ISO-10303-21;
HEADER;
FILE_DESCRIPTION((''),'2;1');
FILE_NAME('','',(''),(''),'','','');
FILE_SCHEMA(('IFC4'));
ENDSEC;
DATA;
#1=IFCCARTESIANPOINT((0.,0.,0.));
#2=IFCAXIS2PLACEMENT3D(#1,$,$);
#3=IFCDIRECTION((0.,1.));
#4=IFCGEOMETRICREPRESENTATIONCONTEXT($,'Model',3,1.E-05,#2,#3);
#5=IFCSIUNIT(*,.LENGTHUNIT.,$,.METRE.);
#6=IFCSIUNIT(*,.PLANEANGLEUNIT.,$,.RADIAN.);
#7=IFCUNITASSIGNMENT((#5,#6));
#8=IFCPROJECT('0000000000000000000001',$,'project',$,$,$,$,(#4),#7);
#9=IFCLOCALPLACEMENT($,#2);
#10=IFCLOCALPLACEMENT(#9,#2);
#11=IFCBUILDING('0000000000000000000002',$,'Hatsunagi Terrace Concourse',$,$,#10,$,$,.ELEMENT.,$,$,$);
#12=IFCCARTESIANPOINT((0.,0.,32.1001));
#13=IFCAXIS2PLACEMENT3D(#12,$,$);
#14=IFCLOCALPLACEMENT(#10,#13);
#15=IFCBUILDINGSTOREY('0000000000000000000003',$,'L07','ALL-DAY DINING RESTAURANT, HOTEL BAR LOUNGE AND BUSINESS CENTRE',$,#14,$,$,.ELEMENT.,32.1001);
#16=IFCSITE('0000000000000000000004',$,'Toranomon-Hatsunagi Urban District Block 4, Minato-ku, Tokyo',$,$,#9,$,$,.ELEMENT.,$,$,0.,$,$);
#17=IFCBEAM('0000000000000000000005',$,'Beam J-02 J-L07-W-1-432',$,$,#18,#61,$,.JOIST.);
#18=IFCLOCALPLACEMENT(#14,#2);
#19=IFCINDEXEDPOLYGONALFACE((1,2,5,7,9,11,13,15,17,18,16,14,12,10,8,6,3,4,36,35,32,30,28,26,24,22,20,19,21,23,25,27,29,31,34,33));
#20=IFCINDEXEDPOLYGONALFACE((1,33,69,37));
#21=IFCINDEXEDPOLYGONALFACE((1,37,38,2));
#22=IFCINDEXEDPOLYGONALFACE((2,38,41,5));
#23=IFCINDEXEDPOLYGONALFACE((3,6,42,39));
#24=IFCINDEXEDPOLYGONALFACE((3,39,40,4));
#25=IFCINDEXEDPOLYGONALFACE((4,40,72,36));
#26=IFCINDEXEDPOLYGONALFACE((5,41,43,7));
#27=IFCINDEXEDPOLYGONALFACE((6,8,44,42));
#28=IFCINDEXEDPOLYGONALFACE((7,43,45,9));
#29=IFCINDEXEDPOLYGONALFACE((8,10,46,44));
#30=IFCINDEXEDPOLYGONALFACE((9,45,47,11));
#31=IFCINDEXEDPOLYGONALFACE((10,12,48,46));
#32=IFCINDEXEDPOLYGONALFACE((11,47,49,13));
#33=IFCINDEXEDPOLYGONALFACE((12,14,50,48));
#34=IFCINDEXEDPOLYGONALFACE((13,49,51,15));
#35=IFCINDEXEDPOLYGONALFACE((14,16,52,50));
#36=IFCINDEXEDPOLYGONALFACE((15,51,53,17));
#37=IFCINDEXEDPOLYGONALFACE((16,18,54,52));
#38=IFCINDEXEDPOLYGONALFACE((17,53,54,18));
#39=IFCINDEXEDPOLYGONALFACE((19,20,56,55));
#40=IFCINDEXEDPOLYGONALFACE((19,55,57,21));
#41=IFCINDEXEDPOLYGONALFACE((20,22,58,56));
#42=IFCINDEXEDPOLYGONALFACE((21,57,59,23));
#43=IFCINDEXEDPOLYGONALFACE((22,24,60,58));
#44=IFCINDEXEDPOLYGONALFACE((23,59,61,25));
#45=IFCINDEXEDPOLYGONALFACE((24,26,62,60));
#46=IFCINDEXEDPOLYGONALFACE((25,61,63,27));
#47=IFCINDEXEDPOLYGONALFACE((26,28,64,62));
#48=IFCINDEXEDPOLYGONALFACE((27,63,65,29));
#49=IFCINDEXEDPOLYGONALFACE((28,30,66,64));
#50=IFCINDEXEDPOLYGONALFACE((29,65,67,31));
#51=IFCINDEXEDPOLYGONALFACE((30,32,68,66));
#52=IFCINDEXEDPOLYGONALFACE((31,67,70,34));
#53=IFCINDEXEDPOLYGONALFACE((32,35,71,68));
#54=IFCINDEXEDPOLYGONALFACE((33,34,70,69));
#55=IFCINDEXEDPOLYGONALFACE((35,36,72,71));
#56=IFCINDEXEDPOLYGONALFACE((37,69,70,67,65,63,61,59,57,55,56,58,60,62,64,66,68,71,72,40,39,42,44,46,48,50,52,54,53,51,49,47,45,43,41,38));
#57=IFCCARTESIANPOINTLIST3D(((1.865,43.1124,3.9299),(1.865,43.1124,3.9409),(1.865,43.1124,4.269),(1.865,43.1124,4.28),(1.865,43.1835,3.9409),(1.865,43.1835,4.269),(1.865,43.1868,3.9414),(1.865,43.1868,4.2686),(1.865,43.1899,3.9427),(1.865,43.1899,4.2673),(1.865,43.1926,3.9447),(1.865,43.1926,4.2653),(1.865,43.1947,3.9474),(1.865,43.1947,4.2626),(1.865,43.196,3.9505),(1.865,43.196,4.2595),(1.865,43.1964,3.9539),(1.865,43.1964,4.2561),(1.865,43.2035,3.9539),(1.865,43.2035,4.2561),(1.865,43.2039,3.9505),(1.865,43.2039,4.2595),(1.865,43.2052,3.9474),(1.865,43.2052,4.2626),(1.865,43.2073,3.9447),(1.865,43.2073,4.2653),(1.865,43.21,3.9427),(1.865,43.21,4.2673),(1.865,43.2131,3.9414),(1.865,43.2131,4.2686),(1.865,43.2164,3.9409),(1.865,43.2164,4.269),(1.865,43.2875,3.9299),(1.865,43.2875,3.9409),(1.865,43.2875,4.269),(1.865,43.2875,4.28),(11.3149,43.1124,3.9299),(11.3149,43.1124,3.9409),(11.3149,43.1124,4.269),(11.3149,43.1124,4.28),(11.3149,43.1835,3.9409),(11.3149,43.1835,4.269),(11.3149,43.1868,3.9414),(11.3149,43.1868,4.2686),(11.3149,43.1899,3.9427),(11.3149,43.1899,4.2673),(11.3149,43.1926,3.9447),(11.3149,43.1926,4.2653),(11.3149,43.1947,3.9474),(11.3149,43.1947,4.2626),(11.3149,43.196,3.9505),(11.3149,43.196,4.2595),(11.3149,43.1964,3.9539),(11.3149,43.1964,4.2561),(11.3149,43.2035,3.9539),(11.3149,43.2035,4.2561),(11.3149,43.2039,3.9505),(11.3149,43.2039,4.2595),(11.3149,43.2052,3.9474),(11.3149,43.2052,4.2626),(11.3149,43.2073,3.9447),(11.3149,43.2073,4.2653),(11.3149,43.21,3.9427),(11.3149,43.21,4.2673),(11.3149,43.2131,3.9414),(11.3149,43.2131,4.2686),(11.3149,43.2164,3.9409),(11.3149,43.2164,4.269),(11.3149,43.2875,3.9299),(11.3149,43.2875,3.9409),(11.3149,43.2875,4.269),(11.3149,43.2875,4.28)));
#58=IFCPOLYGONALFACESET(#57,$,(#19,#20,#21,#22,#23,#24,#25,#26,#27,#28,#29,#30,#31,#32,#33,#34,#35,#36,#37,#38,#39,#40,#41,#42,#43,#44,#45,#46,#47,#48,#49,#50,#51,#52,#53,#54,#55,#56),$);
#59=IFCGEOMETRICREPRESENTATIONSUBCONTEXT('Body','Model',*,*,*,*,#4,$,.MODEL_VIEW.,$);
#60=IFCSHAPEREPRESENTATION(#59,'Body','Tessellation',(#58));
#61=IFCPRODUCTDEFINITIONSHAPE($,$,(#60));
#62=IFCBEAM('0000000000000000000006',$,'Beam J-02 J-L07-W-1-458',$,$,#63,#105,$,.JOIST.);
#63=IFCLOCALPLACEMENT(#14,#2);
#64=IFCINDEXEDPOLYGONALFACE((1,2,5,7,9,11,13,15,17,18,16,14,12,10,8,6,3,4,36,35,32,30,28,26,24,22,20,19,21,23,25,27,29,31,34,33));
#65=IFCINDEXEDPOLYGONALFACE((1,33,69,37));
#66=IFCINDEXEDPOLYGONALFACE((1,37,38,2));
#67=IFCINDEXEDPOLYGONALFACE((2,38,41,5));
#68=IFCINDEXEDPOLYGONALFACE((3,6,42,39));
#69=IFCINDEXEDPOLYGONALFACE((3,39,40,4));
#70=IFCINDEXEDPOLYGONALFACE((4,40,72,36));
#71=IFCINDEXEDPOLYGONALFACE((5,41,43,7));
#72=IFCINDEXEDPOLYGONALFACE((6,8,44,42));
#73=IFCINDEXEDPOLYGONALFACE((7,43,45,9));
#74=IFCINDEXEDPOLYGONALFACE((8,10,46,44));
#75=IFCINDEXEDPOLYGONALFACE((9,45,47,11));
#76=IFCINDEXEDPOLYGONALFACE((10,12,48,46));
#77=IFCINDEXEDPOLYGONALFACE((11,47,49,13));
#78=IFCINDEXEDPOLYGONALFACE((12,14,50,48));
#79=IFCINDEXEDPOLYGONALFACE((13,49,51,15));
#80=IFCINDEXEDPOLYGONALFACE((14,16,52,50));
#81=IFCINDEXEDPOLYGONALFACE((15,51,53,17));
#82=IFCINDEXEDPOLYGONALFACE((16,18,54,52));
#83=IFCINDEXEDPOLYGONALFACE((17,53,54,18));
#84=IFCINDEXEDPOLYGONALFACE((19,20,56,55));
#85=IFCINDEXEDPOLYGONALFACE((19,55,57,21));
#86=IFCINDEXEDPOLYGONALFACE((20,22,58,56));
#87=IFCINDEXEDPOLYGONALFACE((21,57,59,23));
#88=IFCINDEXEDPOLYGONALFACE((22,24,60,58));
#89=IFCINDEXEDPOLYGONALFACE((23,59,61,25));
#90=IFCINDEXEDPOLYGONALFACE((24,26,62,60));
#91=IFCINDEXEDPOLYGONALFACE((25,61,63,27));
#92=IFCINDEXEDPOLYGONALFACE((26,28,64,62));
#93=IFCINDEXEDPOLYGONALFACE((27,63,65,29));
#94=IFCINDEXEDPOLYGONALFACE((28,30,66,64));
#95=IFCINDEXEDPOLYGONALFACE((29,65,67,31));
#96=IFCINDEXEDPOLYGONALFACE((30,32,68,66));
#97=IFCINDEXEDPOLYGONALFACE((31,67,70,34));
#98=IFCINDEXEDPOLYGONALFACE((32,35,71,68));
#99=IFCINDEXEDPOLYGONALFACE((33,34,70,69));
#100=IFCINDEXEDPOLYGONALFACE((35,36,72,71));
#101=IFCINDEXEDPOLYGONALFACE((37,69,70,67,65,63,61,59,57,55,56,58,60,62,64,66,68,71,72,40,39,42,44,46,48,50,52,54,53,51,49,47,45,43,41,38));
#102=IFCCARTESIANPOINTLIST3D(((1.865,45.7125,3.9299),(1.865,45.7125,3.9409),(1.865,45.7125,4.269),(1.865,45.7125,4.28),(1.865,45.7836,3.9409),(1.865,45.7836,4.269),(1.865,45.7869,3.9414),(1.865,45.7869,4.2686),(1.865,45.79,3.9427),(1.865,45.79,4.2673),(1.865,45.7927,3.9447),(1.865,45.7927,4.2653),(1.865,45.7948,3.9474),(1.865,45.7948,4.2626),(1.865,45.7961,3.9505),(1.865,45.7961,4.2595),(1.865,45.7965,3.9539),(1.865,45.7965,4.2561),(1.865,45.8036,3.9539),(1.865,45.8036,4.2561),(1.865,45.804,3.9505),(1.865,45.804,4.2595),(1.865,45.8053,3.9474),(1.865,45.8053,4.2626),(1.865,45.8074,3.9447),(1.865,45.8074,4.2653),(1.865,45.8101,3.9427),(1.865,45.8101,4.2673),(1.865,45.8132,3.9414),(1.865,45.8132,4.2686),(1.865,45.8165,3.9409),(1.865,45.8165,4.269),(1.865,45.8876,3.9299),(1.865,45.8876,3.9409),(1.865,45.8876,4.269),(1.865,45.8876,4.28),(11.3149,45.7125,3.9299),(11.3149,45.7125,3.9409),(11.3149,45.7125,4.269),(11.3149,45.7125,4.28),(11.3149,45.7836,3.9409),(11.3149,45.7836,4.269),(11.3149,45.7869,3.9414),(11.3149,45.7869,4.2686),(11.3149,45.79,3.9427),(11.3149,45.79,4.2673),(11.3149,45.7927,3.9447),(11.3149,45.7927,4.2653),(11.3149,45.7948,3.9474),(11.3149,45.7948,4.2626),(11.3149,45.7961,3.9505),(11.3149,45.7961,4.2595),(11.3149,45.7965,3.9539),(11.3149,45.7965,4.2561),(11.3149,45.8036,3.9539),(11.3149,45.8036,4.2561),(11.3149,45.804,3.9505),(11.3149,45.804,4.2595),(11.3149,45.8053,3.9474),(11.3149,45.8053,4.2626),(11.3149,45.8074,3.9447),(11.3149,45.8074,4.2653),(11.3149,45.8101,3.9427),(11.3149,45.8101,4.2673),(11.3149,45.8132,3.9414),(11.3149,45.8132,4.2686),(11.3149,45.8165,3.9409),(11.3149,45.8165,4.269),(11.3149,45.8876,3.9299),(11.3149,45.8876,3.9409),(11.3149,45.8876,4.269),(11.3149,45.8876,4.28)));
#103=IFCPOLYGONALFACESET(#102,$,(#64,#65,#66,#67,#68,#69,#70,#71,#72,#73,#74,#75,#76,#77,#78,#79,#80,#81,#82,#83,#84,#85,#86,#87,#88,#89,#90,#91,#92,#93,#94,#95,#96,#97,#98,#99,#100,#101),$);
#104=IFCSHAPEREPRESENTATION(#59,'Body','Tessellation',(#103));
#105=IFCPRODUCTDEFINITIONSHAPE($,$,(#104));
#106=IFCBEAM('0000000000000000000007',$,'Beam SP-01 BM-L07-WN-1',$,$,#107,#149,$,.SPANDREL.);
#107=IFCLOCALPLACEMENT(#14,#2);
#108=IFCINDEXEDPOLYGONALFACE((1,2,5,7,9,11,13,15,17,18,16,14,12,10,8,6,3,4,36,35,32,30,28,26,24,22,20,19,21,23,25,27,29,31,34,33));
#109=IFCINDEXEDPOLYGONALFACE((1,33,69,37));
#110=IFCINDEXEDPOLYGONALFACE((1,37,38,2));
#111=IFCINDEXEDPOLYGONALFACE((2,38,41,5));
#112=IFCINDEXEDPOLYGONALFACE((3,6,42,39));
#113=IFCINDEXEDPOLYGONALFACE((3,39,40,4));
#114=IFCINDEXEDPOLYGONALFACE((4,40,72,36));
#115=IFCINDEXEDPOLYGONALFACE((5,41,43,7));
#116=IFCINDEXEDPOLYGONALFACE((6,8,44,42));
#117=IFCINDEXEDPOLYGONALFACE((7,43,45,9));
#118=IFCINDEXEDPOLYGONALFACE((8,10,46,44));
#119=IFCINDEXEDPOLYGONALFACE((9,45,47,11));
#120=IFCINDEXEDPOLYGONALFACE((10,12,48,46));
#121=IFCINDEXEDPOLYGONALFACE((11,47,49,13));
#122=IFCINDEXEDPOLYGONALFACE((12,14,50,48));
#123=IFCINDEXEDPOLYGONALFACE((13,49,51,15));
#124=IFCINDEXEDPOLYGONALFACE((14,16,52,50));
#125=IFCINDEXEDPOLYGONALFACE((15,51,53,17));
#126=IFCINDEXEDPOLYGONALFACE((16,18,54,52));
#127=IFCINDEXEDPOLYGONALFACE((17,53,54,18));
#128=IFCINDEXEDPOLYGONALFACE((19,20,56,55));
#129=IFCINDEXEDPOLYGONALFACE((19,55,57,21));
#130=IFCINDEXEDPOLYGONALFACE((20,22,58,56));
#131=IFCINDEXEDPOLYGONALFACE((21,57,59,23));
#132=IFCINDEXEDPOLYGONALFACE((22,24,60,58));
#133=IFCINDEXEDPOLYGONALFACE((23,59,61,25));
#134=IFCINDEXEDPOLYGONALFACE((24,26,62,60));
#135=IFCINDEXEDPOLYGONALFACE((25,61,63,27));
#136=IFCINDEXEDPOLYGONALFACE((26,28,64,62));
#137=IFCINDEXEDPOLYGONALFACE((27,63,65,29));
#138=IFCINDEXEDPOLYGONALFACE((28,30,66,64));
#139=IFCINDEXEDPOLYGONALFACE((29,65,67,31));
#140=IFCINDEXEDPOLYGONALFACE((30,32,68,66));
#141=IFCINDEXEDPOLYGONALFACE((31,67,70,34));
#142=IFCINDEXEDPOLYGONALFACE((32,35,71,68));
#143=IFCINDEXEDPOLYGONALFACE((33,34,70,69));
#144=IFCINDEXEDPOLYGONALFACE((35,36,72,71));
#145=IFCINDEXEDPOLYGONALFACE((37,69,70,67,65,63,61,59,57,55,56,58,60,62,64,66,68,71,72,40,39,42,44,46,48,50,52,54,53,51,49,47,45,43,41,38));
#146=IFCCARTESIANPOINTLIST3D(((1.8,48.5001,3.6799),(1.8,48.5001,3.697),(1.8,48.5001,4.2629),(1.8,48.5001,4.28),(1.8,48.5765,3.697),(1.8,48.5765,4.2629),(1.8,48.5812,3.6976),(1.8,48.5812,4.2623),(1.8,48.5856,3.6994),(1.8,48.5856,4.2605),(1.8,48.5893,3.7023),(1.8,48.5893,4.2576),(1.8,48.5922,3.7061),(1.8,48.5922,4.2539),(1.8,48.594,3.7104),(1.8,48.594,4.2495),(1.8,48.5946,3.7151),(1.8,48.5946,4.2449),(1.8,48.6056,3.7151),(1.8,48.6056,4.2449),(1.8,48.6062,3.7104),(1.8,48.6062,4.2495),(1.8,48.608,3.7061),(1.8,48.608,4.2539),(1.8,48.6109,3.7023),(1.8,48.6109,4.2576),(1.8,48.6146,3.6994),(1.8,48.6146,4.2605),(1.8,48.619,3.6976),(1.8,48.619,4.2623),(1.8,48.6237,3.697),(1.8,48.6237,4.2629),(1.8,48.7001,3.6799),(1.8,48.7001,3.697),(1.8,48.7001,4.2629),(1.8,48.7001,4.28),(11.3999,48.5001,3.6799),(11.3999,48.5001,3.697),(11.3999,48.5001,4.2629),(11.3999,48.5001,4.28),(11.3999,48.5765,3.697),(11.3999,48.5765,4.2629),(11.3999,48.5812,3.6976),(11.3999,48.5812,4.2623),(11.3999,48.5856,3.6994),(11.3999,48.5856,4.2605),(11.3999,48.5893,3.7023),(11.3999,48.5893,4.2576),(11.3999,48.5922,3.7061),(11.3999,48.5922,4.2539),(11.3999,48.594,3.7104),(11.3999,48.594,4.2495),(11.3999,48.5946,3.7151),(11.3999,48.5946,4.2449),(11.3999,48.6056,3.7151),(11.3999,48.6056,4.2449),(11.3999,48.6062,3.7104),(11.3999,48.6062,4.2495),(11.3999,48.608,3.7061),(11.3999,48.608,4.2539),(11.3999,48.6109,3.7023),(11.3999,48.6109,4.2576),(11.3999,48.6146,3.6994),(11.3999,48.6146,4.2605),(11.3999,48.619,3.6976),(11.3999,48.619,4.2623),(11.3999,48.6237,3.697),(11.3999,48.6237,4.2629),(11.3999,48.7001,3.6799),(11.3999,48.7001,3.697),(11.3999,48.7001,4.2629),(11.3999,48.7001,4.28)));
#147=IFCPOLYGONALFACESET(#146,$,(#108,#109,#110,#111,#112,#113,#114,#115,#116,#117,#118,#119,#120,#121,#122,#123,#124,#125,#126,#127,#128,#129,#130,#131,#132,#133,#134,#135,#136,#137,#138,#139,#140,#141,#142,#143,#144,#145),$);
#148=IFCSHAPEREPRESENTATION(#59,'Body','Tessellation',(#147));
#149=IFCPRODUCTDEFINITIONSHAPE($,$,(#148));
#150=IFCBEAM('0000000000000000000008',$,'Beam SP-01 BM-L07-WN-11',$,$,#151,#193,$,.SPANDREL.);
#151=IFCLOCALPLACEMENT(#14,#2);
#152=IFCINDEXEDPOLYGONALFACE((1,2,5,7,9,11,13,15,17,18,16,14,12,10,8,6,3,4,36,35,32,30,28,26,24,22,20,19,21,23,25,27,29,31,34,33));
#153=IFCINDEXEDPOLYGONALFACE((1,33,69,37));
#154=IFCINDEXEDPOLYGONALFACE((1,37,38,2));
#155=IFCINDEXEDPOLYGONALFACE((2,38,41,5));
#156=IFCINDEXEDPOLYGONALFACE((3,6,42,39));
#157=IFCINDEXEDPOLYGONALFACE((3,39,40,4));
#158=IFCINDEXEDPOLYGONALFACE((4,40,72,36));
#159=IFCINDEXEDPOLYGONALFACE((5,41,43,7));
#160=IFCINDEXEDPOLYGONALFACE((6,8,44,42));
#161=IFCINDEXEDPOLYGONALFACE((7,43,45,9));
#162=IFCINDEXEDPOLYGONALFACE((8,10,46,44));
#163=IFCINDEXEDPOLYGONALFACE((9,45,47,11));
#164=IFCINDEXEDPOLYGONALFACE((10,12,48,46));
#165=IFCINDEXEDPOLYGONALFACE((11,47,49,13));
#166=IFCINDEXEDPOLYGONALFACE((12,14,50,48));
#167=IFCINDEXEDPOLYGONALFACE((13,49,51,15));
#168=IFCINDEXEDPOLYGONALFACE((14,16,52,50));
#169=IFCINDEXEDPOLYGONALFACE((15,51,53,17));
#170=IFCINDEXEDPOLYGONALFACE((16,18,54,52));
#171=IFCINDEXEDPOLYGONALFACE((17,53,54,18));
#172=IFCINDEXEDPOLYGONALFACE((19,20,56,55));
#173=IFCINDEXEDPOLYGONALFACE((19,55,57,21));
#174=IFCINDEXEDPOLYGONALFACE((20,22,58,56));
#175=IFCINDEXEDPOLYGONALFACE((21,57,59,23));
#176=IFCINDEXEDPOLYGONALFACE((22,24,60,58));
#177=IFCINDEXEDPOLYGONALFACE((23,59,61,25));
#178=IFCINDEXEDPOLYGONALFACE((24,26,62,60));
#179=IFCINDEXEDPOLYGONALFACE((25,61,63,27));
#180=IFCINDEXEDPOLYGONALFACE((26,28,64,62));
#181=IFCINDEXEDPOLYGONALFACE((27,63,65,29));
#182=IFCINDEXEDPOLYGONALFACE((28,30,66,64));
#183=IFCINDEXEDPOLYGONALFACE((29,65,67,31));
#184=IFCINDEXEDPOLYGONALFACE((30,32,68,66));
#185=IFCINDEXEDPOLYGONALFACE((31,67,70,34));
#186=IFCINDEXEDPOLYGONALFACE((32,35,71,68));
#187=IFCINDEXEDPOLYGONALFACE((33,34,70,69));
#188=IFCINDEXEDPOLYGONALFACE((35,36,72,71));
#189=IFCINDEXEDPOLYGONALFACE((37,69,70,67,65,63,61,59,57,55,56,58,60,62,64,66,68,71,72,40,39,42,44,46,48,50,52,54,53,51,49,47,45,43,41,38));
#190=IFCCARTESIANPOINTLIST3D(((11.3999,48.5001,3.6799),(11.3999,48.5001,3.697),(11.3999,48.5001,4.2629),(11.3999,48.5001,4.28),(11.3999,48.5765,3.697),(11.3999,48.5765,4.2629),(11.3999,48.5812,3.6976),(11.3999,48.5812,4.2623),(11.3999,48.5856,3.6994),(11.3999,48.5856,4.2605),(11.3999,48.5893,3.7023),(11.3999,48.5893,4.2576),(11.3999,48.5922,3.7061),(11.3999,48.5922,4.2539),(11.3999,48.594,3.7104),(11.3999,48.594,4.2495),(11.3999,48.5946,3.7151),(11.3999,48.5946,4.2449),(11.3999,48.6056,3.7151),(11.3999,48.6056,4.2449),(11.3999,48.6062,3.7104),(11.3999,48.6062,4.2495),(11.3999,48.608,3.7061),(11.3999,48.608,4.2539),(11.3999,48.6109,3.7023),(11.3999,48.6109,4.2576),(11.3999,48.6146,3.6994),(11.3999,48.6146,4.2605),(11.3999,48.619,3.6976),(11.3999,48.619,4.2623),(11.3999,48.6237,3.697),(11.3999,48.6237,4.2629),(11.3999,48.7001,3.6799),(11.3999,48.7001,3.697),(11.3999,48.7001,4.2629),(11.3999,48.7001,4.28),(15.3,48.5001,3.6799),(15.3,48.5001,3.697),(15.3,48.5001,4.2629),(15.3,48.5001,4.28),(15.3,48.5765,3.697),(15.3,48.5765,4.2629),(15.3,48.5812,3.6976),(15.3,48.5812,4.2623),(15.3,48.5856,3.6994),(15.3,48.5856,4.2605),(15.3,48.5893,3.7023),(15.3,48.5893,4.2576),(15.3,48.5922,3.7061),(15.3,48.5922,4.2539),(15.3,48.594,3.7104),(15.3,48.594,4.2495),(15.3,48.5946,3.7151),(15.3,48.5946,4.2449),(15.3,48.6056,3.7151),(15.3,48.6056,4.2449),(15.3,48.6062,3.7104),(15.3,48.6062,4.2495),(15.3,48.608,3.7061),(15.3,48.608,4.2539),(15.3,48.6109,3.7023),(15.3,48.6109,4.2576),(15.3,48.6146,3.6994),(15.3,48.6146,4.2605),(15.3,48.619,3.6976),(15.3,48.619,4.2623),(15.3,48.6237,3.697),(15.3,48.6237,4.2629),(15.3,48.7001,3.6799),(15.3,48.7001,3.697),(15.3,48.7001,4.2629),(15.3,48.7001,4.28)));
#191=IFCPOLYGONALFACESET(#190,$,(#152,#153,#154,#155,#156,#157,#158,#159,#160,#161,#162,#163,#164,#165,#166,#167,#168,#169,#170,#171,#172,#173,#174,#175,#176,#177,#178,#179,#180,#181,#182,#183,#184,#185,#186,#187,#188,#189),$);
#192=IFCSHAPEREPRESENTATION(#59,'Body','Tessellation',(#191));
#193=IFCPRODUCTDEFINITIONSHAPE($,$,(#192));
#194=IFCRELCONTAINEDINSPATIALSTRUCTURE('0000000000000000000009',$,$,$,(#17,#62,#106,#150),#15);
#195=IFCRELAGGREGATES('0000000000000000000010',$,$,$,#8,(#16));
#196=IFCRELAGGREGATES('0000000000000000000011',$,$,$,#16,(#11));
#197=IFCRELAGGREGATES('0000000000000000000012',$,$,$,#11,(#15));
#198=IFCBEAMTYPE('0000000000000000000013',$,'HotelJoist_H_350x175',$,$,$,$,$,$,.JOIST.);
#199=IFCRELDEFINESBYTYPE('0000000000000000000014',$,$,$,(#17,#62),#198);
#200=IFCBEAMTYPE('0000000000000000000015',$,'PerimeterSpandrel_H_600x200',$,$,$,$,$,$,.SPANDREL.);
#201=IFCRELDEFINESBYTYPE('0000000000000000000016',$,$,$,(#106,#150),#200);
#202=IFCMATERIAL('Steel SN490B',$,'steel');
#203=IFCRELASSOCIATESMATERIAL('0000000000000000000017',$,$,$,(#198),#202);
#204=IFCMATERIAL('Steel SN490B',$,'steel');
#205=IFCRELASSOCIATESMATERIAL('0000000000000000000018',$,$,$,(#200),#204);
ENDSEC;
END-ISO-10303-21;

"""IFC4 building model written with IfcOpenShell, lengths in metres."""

from ifc_helpers import new_model, si_unit, direction, frame, origin, origin_2d, place, context, subcontext, project, spatial, i_section, extrude, material, material_profile, profile_set, type_object, element, save


model = new_model("IFC4")

# Units and contexts
model_context = context("Model", 3, precision=1e-05, world=origin(), true_north=direction((0.0, 1.0)))
body_context = subcontext(model_context, "Body", "Model", "MODEL_VIEW")
ifc_project = project(units=[si_unit("LENGTHUNIT", "METRE"), si_unit("PLANEANGLEUNIT", "RADIAN")], contexts=[model_context])

# Site, building, storey
site_placement = place(None, origin())
site = spatial("IfcSite", under=ifc_project, at=site_placement, Name="Toranomon-Hatsunagi Urban District Block 4, Minato-ku, Tokyo", CompositionType="ELEMENT", RefElevation=0.0)
building_placement = place(site_placement, origin())
building = spatial("IfcBuilding", under=site, at=building_placement, Name="Hatsunagi Terrace Concourse", CompositionType="ELEMENT")
storey_placement = place(building_placement, frame((0.0, 0.0, 32.1001)))
storey = spatial("IfcBuildingStorey", under=building, at=storey_placement, Name="L07", Description="ALL-DAY DINING RESTAURANT, HOTEL BAR LOUNGE AND BUSINESS CENTRE", CompositionType="ELEMENT", Elevation=32.1001)

# Beams
ifc_material_1 = material(Name="Steel SN490B", Category="steel")
ifc_material_profile_1 = material_profile(ifc_material_1, i_section(OverallWidth=0.175, OverallDepth=0.3501, WebThickness=0.0071, FlangeThickness=0.011, FilletRadius=0.0129, at=origin_2d()), Name="H-350x175x7x11")
ifc_profile_set_1 = profile_set([ifc_material_profile_1], Name="Steel SN490B")
beam_type_1 = type_object("IfcBeamType", Name="HotelJoist_H_350x175", PredefinedType="JOIST", material=ifc_profile_set_1)
for number, where, z_axis, x_axis, name in (
    (1, (1.865, 43.2, 4.105), (1.0, 0.0, 0.0), (0.0, 1.0, 0.0), "Beam J-02 J-L07-W-1-432"),
    (2, (1.865, 45.8, 4.105), (1.0, 0.0, 0.0), (0.0, 1.0, 0.0), "Beam J-02 J-L07-W-1-458"),
):
    element("IfcBeam", number, at=place(storey_placement, frame(where, z_axis=z_axis, x_axis=x_axis)), inside=storey, type_object=beam_type_1, Name=name, PredefinedType="JOIST", context=body_context, shape_type="SweptSolid", body=[
        extrude(i_section(OverallWidth=0.175, OverallDepth=0.3501, WebThickness=0.0071, FlangeThickness=0.011, FilletRadius=0.0129, at=origin_2d()), origin(), (0.0, 0.0, 1.0), 9.45),
    ])
ifc_material_2 = material(Name="Steel SN490B", Category="steel")
ifc_material_profile_2 = material_profile(ifc_material_2, i_section(OverallWidth=0.2, OverallDepth=0.6001, WebThickness=0.011, FlangeThickness=0.0171, FilletRadius=0.0181, at=origin_2d()), Name="H-600x200x11x17")
ifc_profile_set_2 = profile_set([ifc_material_profile_2], Name="Steel SN490B")
beam_type_2 = type_object("IfcBeamType", Name="PerimeterSpandrel_H_600x200", PredefinedType="SPANDREL", material=ifc_profile_set_2)
beam_1_placement = place(storey_placement, frame((1.8, 48.6001, 3.98), z_axis=(1.0, 0.0, 0.0), x_axis=(0.0, 1.0, 0.0)))
element("IfcBeam", 3, at=beam_1_placement, inside=storey, type_object=beam_type_2, Name="Beam SP-01 BM-L07-WN-1", PredefinedType="SPANDREL", context=body_context, shape_type="SweptSolid", body=[
    extrude(i_section(OverallWidth=0.2, OverallDepth=0.6001, WebThickness=0.011, FlangeThickness=0.0171, FilletRadius=0.0181, at=origin_2d()), origin(), (0.0, 0.0, 1.0), 9.5999),
])
beam_2_placement = place(storey_placement, frame((11.3999, 48.6001, 3.98), z_axis=(1.0, 0.0, 0.0), x_axis=(0.0, 1.0, 0.0)))
element("IfcBeam", 4, at=beam_2_placement, inside=storey, type_object=beam_type_2, Name="Beam SP-01 BM-L07-WN-11", PredefinedType="SPANDREL", context=body_context, shape_type="SweptSolid", body=[
    extrude(i_section(OverallWidth=0.2, OverallDepth=0.6001, WebThickness=0.011, FlangeThickness=0.0171, FilletRadius=0.0181, at=origin_2d()), origin(), (0.0, 0.0, 1.0), 3.9001),
])

save(model, "model.ifc")
